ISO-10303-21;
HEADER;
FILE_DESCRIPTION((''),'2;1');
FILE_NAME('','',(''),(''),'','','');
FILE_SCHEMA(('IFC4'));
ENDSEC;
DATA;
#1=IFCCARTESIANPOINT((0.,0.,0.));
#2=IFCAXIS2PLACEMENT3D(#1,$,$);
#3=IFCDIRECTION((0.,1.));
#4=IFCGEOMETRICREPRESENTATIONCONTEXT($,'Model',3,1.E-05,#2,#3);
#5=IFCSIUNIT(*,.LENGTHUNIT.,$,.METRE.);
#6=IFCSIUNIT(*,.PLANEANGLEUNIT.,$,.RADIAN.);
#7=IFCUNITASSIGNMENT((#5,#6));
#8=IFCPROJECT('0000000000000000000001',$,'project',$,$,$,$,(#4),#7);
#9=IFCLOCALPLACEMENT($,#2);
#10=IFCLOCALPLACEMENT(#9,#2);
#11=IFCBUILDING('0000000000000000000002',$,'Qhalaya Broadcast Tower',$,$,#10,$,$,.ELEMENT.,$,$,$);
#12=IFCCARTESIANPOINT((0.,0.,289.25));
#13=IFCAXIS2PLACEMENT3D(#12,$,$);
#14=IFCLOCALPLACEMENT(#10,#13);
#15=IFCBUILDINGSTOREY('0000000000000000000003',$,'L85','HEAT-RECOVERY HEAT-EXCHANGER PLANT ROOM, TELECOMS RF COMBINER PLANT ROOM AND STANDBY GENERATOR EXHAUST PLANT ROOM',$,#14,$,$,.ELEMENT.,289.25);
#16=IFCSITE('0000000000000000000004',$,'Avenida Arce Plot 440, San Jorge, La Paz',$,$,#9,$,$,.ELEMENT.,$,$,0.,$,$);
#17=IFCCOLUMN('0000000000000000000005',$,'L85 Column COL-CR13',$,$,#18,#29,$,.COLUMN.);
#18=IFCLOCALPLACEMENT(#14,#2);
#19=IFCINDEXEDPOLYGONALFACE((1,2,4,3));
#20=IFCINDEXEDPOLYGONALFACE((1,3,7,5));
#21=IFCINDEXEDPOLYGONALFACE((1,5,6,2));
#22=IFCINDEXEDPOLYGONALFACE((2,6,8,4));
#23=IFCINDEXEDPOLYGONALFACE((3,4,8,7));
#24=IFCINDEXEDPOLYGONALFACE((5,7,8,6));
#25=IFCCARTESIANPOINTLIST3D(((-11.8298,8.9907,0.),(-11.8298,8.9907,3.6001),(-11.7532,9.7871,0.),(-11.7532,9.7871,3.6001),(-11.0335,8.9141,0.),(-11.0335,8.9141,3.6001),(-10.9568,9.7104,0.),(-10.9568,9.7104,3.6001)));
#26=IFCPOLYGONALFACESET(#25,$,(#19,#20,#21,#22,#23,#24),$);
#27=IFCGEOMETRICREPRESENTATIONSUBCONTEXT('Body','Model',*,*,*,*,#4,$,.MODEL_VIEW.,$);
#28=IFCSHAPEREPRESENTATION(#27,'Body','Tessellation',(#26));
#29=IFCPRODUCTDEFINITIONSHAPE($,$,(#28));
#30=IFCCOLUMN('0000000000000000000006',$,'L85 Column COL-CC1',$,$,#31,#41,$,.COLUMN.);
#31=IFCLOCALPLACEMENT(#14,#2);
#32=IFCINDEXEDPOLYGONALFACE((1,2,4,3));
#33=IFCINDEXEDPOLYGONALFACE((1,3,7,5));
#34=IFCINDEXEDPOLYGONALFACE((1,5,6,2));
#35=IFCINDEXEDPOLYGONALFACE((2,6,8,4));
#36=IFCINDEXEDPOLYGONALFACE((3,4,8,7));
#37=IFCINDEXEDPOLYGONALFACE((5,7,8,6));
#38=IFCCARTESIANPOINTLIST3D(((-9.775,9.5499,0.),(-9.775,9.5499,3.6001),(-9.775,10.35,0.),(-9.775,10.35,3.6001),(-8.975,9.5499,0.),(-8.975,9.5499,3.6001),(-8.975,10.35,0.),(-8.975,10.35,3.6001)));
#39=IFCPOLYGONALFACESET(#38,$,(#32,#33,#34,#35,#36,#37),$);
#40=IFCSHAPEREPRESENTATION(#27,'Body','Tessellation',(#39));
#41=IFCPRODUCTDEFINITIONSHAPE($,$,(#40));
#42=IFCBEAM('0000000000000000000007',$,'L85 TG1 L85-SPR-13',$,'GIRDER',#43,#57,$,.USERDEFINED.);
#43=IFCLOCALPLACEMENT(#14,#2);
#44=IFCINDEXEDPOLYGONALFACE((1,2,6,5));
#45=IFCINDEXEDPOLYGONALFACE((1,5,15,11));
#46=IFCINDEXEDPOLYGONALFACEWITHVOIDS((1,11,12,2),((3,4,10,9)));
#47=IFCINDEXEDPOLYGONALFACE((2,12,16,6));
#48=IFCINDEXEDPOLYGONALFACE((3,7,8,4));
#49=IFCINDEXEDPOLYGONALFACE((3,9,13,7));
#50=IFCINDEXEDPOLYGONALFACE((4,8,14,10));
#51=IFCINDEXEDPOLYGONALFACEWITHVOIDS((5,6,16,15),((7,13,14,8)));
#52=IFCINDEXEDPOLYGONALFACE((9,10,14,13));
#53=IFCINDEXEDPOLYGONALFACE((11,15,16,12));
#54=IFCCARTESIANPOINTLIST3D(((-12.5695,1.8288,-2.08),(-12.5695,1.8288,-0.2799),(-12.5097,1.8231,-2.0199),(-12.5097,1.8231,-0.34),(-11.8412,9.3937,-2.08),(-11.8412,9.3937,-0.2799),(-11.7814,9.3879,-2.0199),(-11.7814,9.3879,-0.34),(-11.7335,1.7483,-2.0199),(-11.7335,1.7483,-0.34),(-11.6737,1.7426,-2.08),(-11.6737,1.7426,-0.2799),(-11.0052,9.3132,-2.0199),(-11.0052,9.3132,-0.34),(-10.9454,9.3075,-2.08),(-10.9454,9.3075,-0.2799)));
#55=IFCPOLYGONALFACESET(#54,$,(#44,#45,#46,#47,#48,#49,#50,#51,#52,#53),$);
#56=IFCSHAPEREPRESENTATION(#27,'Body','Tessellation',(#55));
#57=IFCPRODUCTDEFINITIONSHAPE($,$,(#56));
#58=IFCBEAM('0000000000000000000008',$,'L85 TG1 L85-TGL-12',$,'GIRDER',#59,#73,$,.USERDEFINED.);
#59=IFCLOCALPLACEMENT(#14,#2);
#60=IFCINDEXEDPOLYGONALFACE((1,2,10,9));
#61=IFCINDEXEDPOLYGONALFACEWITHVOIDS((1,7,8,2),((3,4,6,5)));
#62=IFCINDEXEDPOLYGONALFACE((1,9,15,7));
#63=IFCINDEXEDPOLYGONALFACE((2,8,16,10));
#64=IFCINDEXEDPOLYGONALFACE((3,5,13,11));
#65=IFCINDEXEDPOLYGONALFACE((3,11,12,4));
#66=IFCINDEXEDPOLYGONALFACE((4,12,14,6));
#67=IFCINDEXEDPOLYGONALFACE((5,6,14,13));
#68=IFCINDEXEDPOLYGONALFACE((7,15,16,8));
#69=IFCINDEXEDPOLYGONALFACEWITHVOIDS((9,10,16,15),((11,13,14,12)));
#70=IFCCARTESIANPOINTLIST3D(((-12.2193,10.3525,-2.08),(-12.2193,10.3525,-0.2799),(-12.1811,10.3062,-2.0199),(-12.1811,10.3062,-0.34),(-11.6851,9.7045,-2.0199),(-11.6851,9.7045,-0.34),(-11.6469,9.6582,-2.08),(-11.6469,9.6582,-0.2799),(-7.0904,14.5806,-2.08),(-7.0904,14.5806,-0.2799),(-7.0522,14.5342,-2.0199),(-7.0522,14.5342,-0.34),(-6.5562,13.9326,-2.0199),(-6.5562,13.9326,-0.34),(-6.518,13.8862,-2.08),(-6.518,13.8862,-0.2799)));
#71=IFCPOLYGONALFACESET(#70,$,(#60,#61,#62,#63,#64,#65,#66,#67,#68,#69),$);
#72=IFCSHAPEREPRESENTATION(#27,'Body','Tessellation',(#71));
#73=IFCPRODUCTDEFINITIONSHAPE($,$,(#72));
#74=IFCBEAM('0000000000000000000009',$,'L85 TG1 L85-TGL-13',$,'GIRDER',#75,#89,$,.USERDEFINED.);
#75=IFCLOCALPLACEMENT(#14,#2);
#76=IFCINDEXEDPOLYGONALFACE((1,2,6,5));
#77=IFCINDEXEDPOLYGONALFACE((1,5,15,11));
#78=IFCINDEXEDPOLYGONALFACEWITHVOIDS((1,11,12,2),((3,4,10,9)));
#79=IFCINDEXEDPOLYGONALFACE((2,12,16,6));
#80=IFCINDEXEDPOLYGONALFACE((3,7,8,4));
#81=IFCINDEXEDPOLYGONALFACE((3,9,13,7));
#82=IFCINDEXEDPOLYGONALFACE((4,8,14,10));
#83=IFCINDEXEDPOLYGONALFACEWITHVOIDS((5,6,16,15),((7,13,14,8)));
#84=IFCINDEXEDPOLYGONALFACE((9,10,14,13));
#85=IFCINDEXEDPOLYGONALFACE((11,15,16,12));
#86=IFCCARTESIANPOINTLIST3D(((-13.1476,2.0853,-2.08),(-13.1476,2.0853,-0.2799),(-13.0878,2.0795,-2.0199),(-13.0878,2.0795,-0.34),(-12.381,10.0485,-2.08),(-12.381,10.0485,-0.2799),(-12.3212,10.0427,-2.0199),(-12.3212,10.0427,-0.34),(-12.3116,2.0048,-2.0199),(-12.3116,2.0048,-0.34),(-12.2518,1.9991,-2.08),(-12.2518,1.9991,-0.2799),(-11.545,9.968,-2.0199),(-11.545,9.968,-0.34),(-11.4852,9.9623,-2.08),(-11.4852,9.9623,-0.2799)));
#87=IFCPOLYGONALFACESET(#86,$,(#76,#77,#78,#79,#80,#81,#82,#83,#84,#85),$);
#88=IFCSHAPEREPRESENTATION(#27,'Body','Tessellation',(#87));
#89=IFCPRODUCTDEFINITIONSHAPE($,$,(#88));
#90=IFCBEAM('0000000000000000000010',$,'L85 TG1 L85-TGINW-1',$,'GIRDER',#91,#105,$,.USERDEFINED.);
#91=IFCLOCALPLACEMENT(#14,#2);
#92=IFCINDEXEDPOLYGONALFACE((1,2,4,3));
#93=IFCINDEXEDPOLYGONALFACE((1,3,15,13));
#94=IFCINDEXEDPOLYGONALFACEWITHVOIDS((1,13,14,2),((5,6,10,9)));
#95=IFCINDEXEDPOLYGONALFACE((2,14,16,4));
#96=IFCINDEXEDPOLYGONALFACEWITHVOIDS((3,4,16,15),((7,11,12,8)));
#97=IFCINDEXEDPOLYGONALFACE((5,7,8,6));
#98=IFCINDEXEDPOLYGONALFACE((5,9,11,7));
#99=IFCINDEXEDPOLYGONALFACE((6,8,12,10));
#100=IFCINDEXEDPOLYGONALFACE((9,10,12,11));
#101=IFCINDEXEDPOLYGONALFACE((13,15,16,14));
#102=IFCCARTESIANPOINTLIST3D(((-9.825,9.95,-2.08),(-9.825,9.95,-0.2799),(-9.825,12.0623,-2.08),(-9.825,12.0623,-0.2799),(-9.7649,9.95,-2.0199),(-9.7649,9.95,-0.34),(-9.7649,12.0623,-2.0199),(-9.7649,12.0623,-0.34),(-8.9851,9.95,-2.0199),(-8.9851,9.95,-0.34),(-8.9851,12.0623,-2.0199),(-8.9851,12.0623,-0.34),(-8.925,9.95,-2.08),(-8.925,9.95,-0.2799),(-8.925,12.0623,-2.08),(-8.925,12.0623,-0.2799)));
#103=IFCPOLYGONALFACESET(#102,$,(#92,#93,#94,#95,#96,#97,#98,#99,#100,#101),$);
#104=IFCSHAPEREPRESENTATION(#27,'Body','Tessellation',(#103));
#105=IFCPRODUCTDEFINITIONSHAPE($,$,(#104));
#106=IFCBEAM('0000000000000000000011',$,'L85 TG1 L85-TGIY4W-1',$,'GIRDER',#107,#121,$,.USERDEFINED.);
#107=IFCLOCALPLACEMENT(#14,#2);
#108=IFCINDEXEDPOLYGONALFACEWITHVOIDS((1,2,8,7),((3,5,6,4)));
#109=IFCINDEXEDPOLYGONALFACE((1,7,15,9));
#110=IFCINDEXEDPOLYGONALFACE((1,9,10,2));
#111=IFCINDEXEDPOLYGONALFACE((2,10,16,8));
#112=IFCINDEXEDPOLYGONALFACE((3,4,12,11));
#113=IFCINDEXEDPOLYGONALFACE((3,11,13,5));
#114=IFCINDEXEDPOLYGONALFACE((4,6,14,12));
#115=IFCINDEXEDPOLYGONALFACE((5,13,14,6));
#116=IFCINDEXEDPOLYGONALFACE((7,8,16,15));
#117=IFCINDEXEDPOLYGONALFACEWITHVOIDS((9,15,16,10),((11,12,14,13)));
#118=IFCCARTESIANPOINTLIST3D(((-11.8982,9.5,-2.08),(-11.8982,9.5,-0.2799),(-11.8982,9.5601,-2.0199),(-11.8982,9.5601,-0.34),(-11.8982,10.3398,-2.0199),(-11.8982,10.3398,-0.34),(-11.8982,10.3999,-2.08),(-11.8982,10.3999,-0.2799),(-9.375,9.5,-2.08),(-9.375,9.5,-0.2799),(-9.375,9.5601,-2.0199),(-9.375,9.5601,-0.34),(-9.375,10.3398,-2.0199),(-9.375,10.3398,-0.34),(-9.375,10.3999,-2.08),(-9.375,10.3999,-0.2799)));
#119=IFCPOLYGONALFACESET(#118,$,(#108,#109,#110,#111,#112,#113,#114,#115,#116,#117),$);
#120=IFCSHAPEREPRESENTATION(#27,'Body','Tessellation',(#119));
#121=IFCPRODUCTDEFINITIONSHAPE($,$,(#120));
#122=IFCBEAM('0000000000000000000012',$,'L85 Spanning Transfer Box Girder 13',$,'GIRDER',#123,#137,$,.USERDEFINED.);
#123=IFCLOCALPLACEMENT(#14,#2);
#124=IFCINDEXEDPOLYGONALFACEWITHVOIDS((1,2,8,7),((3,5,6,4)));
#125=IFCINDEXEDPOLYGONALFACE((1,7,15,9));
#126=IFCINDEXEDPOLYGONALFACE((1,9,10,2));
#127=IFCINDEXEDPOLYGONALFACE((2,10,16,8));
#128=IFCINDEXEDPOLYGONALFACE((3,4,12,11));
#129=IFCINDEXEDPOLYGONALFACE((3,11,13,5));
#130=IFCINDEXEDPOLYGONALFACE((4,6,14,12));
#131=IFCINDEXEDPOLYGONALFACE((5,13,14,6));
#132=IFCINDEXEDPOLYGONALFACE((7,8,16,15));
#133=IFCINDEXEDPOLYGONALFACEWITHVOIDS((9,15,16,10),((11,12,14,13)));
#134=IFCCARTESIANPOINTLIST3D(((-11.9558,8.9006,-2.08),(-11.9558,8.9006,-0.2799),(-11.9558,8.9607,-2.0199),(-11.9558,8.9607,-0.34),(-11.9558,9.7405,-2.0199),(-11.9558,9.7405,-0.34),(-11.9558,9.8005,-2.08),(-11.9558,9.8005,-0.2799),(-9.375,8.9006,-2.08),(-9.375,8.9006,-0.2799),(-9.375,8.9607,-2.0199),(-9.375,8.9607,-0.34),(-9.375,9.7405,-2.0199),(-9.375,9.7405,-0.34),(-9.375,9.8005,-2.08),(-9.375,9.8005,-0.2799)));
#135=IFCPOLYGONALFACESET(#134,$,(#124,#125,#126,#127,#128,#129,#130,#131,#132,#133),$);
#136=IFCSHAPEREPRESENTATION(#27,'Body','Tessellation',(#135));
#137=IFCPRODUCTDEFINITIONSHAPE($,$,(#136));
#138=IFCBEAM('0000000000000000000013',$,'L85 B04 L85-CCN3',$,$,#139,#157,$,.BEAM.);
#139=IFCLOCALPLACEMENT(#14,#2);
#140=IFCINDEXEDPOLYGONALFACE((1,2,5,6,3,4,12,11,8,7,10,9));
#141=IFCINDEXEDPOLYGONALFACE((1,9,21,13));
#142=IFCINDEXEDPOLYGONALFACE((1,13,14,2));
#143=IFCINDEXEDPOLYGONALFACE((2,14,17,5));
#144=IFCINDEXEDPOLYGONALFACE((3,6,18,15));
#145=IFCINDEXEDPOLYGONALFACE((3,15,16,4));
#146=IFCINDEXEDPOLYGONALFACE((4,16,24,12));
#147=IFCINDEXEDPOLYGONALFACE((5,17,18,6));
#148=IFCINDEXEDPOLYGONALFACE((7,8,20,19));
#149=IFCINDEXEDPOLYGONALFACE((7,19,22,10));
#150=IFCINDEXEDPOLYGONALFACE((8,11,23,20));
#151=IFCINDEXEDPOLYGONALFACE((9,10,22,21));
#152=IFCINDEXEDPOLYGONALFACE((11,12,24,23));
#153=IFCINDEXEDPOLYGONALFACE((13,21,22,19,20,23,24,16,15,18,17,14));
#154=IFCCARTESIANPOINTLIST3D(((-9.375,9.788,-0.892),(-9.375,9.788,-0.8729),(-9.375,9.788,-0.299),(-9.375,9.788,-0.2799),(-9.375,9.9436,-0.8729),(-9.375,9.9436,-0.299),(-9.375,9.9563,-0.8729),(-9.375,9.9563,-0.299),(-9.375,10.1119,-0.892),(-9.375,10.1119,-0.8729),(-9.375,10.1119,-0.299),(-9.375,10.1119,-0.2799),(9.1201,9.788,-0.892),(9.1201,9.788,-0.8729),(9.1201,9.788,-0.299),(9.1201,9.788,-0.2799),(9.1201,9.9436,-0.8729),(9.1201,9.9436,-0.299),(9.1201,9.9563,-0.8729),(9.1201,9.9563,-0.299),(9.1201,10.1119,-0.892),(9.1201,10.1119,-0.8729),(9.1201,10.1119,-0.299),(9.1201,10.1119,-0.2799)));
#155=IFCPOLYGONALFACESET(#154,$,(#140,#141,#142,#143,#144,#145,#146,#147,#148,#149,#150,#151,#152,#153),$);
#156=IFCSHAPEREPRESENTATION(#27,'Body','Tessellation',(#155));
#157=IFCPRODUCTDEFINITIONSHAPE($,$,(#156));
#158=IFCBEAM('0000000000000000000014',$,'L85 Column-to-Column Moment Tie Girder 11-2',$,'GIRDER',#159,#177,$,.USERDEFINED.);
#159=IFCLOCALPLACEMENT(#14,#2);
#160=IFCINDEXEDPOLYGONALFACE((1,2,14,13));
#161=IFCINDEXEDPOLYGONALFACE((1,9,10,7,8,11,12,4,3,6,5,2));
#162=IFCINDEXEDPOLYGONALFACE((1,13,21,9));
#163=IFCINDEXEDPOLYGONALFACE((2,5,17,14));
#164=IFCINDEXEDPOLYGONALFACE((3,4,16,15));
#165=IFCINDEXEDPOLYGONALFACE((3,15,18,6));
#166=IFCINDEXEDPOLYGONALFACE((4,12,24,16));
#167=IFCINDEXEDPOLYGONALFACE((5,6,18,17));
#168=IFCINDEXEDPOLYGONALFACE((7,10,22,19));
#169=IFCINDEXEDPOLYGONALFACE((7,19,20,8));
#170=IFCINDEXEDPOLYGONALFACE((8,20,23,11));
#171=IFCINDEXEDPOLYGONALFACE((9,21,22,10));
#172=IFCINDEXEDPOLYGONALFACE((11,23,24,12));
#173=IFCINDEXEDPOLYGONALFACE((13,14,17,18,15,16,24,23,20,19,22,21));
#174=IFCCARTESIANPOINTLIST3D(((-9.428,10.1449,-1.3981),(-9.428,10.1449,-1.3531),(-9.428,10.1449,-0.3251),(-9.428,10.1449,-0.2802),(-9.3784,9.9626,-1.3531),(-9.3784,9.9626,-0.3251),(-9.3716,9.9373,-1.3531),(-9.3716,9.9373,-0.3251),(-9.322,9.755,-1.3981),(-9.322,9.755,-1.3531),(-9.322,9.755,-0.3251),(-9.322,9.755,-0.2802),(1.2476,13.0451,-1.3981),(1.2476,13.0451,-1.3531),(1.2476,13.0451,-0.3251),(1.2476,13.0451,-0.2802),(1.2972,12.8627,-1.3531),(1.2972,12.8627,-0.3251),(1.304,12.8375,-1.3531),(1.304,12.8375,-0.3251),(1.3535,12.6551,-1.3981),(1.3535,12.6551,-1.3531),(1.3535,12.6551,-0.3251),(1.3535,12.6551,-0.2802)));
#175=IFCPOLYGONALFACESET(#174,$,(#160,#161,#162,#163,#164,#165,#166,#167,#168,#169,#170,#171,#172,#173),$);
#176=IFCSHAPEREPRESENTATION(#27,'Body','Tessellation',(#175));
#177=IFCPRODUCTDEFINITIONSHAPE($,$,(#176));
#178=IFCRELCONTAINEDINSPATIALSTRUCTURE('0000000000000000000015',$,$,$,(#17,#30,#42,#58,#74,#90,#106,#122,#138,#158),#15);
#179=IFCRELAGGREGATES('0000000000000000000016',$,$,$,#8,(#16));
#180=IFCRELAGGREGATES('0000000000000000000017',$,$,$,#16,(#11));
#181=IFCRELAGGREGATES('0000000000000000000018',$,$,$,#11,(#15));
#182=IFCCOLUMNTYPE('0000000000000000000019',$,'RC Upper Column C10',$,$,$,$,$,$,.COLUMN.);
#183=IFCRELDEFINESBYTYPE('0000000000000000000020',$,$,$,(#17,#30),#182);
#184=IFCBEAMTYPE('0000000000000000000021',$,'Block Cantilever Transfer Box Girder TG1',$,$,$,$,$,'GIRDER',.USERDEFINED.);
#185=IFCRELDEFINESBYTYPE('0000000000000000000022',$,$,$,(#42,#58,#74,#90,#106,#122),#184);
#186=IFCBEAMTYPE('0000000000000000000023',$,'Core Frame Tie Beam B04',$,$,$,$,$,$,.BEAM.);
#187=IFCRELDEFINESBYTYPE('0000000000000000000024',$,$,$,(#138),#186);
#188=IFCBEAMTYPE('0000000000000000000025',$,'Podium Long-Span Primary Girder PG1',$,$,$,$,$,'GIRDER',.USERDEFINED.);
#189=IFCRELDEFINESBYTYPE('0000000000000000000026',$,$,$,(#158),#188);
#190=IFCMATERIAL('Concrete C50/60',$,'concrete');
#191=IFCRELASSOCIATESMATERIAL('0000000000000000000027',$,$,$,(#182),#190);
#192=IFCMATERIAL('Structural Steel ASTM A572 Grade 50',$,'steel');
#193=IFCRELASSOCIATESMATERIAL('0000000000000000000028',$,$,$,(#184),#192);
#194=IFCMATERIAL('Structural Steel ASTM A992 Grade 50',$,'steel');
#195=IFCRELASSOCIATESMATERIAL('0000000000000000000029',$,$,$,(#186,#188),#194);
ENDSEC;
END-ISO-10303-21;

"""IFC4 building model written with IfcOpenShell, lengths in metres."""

from ifc_helpers import new_model, si_unit, direction, frame, origin, origin_2d, place, context, subcontext, project, spatial, rectangle, hollow_rectangle, i_section, extrude, material, material_profile, profile_set, type_object, element, save


model = new_model("IFC4")

# Units and contexts
model_context = context("Model", 3, precision=1e-05, world=origin(), true_north=direction((0.0, 1.0)))
body_context = subcontext(model_context, "Body", "Model", "MODEL_VIEW")
ifc_project = project(units=[si_unit("LENGTHUNIT", "METRE"), si_unit("PLANEANGLEUNIT", "RADIAN")], contexts=[model_context])

# Site, building, storey
site_placement = place(None, origin())
site = spatial("IfcSite", under=ifc_project, at=site_placement, Name="Avenida Arce Plot 440, San Jorge, La Paz", CompositionType="ELEMENT", RefElevation=0.0)
building_placement = place(site_placement, origin())
building = spatial("IfcBuilding", under=site, at=building_placement, Name="Qhalaya Broadcast Tower", CompositionType="ELEMENT")
storey_placement = place(building_placement, frame((0.0, 0.0, 289.25)))
storey = spatial("IfcBuildingStorey", under=building, at=storey_placement, Name="L85", Description="HEAT-RECOVERY HEAT-EXCHANGER PLANT ROOM, TELECOMS RF COMBINER PLANT ROOM AND STANDBY GENERATOR EXHAUST PLANT ROOM", CompositionType="ELEMENT", Elevation=289.25)

# Columns
ifc_material_1 = material(Name="Concrete C50/60", Category="concrete")
ifc_material_profile_1 = material_profile(ifc_material_1, rectangle(XDim=0.8, YDim=0.8, at=origin_2d()), Name="RC-COL 800x800")
ifc_profile_set_1 = profile_set([ifc_material_profile_1], Name="Concrete C50/60")
column_type = type_object("IfcColumnType", Name="RC Upper Column C10", PredefinedType="COLUMN", material=ifc_profile_set_1)
for number, where, z_axis, x_axis, name in (
    (1, (-11.3933, 9.3506, 0.0), (0.0, 0.0, 1.0), (0.095846, 0.995396, 0.0), "L85 Column COL-CR13"),
    (2, (-9.375, 9.95, 0.0), (0.0, 0.0, 1.0), (1.0, 0.0, 0.0), "L85 Column COL-CC1"),
):
    element("IfcColumn", number, at=place(storey_placement, frame(where, z_axis=z_axis, x_axis=x_axis)), inside=storey, type_object=column_type, Name=name, PredefinedType="COLUMN", context=body_context, shape_type="SweptSolid", body=[
        extrude(rectangle(XDim=0.8, YDim=0.8, at=origin_2d()), origin(), (0.0, 0.0, 1.0), 3.6001),
    ])

# Beams
ifc_material_2 = material(Name="Structural Steel ASTM A572 Grade 50", Category="steel")
ifc_material_profile_2 = material_profile(ifc_material_2, hollow_rectangle(XDim=0.8999, YDim=1.8, WallThickness=0.0601, at=origin_2d()), Name="BOX 900x1800x60")
ifc_profile_set_2 = profile_set([ifc_material_profile_2], Name="Structural Steel ASTM A572 Grade 50")
beam_type_1 = type_object("IfcBeamType", Name="Block Cantilever Transfer Box Girder TG1", ElementType="GIRDER", PredefinedType="USERDEFINED", material=ifc_profile_set_2)
beam_1_placement = place(storey_placement, frame((-11.3933, 9.3506, -1.1799), z_axis=(-0.095826, -0.995398, 0.0), x_axis=(0.995398, -0.095826, 0.0)))
element("IfcBeam", 3, at=beam_1_placement, inside=storey, type_object=beam_type_1, Name="L85 TG1 L85-SPR-13", ObjectType="GIRDER", PredefinedType="USERDEFINED", context=body_context, shape_type="SweptSolid", body=[
    extrude(hollow_rectangle(XDim=0.8999, YDim=1.8, WallThickness=0.0601, at=origin_2d()), origin(), (0.0, 0.0, 1.0), 7.5999),
])
beam_2_placement = place(storey_placement, frame((-6.8042, 14.2334, -1.1799), z_axis=(-0.771618, -0.636086, 0.0), x_axis=(0.636086, -0.771618, 0.0)))
element("IfcBeam", 4, at=beam_2_placement, inside=storey, type_object=beam_type_1, Name="L85 TG1 L85-TGL-12", ObjectType="GIRDER", PredefinedType="USERDEFINED", context=body_context, shape_type="SweptSolid", body=[
    extrude(hollow_rectangle(XDim=0.8999, YDim=1.8, WallThickness=0.0601, at=origin_2d()), origin(), (0.0, 0.0, 1.0), 6.647),
])
beam_3_placement = place(storey_placement, frame((-11.9331, 10.0054, -1.1799), z_axis=(-0.095826, -0.995398, 0.0), x_axis=(0.995398, -0.095826, 0.0)))
element("IfcBeam", 5, at=beam_3_placement, inside=storey, type_object=beam_type_1, Name="L85 TG1 L85-TGL-13", ObjectType="GIRDER", PredefinedType="USERDEFINED", context=body_context, shape_type="SweptSolid", body=[
    extrude(hollow_rectangle(XDim=0.8999, YDim=1.8, WallThickness=0.0601, at=origin_2d()), origin(), (0.0, 0.0, 1.0), 8.0),
])
beam_4_placement = place(storey_placement, frame((-9.375, 9.95, -1.1799), z_axis=(0.0, 1.0, 0.0), x_axis=(-1.0, 0.0, 0.0)))
element("IfcBeam", 6, at=beam_4_placement, inside=storey, type_object=beam_type_1, Name="L85 TG1 L85-TGINW-1", ObjectType="GIRDER", PredefinedType="USERDEFINED", context=body_context, shape_type="SweptSolid", body=[
    extrude(hollow_rectangle(XDim=0.8999, YDim=1.8, WallThickness=0.0601, at=origin_2d()), origin(), (0.0, 0.0, 1.0), 2.1123),
])
beam_5_placement = place(storey_placement, frame((-11.8982, 9.95, -1.1799), z_axis=(1.0, 0.0, 0.0), x_axis=(0.0, 1.0, 0.0)))
element("IfcBeam", 7, at=beam_5_placement, inside=storey, type_object=beam_type_1, Name="L85 TG1 L85-TGIY4W-1", ObjectType="GIRDER", PredefinedType="USERDEFINED", context=body_context, shape_type="SweptSolid", body=[
    extrude(hollow_rectangle(XDim=0.8999, YDim=1.8, WallThickness=0.0601, at=origin_2d()), origin(), (0.0, 0.0, 1.0), 2.5232),
])
beam_6_placement = place(storey_placement, frame((-11.9558, 9.3506, -1.1799), z_axis=(1.0, 0.0, 0.0), x_axis=(0.0, 1.0, 0.0)))
element("IfcBeam", 8, at=beam_6_placement, inside=storey, type_object=beam_type_1, Name="L85 Spanning Transfer Box Girder 13", ObjectType="GIRDER", PredefinedType="USERDEFINED", context=body_context, shape_type="SweptSolid", body=[
    extrude(hollow_rectangle(XDim=0.8999, YDim=1.8, WallThickness=0.0601, at=origin_2d()), origin(), (0.0, 0.0, 1.0), 2.5808),
])
ifc_material_3 = material(Name="Structural Steel ASTM A992 Grade 50", Category="steel")
ifc_material_profile_3 = material_profile(ifc_material_3, i_section(OverallWidth=0.324, OverallDepth=0.6121, WebThickness=0.0127, FlangeThickness=0.019, at=origin_2d()), Name="W24X104")
ifc_profile_set_3 = profile_set([ifc_material_profile_3], Name="Structural Steel ASTM A992 Grade 50")
beam_type_2 = type_object("IfcBeamType", Name="Core Frame Tie Beam B04", PredefinedType="BEAM", material=ifc_profile_set_3)
beam_7_placement = place(storey_placement, frame((-9.375, 9.95, -0.5859), z_axis=(1.0, 0.0, 0.0), x_axis=(0.0, 1.0, 0.0)))
element("IfcBeam", 9, at=beam_7_placement, inside=storey, type_object=beam_type_2, Name="L85 B04 L85-CCN3", PredefinedType="BEAM", context=body_context, shape_type="SweptSolid", body=[
    extrude(i_section(OverallWidth=0.324, OverallDepth=0.6121, WebThickness=0.0127, FlangeThickness=0.019, at=origin_2d()), origin(), (0.0, 0.0, 1.0), 18.4951),
])
ifc_material_profile_4 = material_profile(ifc_material_3, i_section(OverallWidth=0.4041, OverallDepth=1.1179, WebThickness=0.0261, FlangeThickness=0.0449, at=origin_2d()), Name="W44X335")
ifc_profile_set_4 = profile_set([ifc_material_profile_4], Name="Structural Steel ASTM A992 Grade 50")
beam_type_3 = type_object("IfcBeamType", Name="Podium Long-Span Primary Girder PG1", ElementType="GIRDER", PredefinedType="USERDEFINED", material=ifc_profile_set_4)
beam_8_placement = place(storey_placement, frame((-9.375, 9.95, -0.8391), z_axis=(0.965024, 0.262161, 0.0), x_axis=(-0.262161, 0.965024, 0.0)))
element("IfcBeam", 10, at=beam_8_placement, inside=storey, type_object=beam_type_3, Name="L85 Column-to-Column Moment Tie Girder 11-2", ObjectType="GIRDER", PredefinedType="USERDEFINED", context=body_context, shape_type="SweptSolid", body=[
    extrude(i_section(OverallWidth=0.4041, OverallDepth=1.1179, WebThickness=0.0261, FlangeThickness=0.0449, at=origin_2d()), origin(), (0.0, 0.0, 1.0), 11.0625),
])

save(model, "model.ifc")
